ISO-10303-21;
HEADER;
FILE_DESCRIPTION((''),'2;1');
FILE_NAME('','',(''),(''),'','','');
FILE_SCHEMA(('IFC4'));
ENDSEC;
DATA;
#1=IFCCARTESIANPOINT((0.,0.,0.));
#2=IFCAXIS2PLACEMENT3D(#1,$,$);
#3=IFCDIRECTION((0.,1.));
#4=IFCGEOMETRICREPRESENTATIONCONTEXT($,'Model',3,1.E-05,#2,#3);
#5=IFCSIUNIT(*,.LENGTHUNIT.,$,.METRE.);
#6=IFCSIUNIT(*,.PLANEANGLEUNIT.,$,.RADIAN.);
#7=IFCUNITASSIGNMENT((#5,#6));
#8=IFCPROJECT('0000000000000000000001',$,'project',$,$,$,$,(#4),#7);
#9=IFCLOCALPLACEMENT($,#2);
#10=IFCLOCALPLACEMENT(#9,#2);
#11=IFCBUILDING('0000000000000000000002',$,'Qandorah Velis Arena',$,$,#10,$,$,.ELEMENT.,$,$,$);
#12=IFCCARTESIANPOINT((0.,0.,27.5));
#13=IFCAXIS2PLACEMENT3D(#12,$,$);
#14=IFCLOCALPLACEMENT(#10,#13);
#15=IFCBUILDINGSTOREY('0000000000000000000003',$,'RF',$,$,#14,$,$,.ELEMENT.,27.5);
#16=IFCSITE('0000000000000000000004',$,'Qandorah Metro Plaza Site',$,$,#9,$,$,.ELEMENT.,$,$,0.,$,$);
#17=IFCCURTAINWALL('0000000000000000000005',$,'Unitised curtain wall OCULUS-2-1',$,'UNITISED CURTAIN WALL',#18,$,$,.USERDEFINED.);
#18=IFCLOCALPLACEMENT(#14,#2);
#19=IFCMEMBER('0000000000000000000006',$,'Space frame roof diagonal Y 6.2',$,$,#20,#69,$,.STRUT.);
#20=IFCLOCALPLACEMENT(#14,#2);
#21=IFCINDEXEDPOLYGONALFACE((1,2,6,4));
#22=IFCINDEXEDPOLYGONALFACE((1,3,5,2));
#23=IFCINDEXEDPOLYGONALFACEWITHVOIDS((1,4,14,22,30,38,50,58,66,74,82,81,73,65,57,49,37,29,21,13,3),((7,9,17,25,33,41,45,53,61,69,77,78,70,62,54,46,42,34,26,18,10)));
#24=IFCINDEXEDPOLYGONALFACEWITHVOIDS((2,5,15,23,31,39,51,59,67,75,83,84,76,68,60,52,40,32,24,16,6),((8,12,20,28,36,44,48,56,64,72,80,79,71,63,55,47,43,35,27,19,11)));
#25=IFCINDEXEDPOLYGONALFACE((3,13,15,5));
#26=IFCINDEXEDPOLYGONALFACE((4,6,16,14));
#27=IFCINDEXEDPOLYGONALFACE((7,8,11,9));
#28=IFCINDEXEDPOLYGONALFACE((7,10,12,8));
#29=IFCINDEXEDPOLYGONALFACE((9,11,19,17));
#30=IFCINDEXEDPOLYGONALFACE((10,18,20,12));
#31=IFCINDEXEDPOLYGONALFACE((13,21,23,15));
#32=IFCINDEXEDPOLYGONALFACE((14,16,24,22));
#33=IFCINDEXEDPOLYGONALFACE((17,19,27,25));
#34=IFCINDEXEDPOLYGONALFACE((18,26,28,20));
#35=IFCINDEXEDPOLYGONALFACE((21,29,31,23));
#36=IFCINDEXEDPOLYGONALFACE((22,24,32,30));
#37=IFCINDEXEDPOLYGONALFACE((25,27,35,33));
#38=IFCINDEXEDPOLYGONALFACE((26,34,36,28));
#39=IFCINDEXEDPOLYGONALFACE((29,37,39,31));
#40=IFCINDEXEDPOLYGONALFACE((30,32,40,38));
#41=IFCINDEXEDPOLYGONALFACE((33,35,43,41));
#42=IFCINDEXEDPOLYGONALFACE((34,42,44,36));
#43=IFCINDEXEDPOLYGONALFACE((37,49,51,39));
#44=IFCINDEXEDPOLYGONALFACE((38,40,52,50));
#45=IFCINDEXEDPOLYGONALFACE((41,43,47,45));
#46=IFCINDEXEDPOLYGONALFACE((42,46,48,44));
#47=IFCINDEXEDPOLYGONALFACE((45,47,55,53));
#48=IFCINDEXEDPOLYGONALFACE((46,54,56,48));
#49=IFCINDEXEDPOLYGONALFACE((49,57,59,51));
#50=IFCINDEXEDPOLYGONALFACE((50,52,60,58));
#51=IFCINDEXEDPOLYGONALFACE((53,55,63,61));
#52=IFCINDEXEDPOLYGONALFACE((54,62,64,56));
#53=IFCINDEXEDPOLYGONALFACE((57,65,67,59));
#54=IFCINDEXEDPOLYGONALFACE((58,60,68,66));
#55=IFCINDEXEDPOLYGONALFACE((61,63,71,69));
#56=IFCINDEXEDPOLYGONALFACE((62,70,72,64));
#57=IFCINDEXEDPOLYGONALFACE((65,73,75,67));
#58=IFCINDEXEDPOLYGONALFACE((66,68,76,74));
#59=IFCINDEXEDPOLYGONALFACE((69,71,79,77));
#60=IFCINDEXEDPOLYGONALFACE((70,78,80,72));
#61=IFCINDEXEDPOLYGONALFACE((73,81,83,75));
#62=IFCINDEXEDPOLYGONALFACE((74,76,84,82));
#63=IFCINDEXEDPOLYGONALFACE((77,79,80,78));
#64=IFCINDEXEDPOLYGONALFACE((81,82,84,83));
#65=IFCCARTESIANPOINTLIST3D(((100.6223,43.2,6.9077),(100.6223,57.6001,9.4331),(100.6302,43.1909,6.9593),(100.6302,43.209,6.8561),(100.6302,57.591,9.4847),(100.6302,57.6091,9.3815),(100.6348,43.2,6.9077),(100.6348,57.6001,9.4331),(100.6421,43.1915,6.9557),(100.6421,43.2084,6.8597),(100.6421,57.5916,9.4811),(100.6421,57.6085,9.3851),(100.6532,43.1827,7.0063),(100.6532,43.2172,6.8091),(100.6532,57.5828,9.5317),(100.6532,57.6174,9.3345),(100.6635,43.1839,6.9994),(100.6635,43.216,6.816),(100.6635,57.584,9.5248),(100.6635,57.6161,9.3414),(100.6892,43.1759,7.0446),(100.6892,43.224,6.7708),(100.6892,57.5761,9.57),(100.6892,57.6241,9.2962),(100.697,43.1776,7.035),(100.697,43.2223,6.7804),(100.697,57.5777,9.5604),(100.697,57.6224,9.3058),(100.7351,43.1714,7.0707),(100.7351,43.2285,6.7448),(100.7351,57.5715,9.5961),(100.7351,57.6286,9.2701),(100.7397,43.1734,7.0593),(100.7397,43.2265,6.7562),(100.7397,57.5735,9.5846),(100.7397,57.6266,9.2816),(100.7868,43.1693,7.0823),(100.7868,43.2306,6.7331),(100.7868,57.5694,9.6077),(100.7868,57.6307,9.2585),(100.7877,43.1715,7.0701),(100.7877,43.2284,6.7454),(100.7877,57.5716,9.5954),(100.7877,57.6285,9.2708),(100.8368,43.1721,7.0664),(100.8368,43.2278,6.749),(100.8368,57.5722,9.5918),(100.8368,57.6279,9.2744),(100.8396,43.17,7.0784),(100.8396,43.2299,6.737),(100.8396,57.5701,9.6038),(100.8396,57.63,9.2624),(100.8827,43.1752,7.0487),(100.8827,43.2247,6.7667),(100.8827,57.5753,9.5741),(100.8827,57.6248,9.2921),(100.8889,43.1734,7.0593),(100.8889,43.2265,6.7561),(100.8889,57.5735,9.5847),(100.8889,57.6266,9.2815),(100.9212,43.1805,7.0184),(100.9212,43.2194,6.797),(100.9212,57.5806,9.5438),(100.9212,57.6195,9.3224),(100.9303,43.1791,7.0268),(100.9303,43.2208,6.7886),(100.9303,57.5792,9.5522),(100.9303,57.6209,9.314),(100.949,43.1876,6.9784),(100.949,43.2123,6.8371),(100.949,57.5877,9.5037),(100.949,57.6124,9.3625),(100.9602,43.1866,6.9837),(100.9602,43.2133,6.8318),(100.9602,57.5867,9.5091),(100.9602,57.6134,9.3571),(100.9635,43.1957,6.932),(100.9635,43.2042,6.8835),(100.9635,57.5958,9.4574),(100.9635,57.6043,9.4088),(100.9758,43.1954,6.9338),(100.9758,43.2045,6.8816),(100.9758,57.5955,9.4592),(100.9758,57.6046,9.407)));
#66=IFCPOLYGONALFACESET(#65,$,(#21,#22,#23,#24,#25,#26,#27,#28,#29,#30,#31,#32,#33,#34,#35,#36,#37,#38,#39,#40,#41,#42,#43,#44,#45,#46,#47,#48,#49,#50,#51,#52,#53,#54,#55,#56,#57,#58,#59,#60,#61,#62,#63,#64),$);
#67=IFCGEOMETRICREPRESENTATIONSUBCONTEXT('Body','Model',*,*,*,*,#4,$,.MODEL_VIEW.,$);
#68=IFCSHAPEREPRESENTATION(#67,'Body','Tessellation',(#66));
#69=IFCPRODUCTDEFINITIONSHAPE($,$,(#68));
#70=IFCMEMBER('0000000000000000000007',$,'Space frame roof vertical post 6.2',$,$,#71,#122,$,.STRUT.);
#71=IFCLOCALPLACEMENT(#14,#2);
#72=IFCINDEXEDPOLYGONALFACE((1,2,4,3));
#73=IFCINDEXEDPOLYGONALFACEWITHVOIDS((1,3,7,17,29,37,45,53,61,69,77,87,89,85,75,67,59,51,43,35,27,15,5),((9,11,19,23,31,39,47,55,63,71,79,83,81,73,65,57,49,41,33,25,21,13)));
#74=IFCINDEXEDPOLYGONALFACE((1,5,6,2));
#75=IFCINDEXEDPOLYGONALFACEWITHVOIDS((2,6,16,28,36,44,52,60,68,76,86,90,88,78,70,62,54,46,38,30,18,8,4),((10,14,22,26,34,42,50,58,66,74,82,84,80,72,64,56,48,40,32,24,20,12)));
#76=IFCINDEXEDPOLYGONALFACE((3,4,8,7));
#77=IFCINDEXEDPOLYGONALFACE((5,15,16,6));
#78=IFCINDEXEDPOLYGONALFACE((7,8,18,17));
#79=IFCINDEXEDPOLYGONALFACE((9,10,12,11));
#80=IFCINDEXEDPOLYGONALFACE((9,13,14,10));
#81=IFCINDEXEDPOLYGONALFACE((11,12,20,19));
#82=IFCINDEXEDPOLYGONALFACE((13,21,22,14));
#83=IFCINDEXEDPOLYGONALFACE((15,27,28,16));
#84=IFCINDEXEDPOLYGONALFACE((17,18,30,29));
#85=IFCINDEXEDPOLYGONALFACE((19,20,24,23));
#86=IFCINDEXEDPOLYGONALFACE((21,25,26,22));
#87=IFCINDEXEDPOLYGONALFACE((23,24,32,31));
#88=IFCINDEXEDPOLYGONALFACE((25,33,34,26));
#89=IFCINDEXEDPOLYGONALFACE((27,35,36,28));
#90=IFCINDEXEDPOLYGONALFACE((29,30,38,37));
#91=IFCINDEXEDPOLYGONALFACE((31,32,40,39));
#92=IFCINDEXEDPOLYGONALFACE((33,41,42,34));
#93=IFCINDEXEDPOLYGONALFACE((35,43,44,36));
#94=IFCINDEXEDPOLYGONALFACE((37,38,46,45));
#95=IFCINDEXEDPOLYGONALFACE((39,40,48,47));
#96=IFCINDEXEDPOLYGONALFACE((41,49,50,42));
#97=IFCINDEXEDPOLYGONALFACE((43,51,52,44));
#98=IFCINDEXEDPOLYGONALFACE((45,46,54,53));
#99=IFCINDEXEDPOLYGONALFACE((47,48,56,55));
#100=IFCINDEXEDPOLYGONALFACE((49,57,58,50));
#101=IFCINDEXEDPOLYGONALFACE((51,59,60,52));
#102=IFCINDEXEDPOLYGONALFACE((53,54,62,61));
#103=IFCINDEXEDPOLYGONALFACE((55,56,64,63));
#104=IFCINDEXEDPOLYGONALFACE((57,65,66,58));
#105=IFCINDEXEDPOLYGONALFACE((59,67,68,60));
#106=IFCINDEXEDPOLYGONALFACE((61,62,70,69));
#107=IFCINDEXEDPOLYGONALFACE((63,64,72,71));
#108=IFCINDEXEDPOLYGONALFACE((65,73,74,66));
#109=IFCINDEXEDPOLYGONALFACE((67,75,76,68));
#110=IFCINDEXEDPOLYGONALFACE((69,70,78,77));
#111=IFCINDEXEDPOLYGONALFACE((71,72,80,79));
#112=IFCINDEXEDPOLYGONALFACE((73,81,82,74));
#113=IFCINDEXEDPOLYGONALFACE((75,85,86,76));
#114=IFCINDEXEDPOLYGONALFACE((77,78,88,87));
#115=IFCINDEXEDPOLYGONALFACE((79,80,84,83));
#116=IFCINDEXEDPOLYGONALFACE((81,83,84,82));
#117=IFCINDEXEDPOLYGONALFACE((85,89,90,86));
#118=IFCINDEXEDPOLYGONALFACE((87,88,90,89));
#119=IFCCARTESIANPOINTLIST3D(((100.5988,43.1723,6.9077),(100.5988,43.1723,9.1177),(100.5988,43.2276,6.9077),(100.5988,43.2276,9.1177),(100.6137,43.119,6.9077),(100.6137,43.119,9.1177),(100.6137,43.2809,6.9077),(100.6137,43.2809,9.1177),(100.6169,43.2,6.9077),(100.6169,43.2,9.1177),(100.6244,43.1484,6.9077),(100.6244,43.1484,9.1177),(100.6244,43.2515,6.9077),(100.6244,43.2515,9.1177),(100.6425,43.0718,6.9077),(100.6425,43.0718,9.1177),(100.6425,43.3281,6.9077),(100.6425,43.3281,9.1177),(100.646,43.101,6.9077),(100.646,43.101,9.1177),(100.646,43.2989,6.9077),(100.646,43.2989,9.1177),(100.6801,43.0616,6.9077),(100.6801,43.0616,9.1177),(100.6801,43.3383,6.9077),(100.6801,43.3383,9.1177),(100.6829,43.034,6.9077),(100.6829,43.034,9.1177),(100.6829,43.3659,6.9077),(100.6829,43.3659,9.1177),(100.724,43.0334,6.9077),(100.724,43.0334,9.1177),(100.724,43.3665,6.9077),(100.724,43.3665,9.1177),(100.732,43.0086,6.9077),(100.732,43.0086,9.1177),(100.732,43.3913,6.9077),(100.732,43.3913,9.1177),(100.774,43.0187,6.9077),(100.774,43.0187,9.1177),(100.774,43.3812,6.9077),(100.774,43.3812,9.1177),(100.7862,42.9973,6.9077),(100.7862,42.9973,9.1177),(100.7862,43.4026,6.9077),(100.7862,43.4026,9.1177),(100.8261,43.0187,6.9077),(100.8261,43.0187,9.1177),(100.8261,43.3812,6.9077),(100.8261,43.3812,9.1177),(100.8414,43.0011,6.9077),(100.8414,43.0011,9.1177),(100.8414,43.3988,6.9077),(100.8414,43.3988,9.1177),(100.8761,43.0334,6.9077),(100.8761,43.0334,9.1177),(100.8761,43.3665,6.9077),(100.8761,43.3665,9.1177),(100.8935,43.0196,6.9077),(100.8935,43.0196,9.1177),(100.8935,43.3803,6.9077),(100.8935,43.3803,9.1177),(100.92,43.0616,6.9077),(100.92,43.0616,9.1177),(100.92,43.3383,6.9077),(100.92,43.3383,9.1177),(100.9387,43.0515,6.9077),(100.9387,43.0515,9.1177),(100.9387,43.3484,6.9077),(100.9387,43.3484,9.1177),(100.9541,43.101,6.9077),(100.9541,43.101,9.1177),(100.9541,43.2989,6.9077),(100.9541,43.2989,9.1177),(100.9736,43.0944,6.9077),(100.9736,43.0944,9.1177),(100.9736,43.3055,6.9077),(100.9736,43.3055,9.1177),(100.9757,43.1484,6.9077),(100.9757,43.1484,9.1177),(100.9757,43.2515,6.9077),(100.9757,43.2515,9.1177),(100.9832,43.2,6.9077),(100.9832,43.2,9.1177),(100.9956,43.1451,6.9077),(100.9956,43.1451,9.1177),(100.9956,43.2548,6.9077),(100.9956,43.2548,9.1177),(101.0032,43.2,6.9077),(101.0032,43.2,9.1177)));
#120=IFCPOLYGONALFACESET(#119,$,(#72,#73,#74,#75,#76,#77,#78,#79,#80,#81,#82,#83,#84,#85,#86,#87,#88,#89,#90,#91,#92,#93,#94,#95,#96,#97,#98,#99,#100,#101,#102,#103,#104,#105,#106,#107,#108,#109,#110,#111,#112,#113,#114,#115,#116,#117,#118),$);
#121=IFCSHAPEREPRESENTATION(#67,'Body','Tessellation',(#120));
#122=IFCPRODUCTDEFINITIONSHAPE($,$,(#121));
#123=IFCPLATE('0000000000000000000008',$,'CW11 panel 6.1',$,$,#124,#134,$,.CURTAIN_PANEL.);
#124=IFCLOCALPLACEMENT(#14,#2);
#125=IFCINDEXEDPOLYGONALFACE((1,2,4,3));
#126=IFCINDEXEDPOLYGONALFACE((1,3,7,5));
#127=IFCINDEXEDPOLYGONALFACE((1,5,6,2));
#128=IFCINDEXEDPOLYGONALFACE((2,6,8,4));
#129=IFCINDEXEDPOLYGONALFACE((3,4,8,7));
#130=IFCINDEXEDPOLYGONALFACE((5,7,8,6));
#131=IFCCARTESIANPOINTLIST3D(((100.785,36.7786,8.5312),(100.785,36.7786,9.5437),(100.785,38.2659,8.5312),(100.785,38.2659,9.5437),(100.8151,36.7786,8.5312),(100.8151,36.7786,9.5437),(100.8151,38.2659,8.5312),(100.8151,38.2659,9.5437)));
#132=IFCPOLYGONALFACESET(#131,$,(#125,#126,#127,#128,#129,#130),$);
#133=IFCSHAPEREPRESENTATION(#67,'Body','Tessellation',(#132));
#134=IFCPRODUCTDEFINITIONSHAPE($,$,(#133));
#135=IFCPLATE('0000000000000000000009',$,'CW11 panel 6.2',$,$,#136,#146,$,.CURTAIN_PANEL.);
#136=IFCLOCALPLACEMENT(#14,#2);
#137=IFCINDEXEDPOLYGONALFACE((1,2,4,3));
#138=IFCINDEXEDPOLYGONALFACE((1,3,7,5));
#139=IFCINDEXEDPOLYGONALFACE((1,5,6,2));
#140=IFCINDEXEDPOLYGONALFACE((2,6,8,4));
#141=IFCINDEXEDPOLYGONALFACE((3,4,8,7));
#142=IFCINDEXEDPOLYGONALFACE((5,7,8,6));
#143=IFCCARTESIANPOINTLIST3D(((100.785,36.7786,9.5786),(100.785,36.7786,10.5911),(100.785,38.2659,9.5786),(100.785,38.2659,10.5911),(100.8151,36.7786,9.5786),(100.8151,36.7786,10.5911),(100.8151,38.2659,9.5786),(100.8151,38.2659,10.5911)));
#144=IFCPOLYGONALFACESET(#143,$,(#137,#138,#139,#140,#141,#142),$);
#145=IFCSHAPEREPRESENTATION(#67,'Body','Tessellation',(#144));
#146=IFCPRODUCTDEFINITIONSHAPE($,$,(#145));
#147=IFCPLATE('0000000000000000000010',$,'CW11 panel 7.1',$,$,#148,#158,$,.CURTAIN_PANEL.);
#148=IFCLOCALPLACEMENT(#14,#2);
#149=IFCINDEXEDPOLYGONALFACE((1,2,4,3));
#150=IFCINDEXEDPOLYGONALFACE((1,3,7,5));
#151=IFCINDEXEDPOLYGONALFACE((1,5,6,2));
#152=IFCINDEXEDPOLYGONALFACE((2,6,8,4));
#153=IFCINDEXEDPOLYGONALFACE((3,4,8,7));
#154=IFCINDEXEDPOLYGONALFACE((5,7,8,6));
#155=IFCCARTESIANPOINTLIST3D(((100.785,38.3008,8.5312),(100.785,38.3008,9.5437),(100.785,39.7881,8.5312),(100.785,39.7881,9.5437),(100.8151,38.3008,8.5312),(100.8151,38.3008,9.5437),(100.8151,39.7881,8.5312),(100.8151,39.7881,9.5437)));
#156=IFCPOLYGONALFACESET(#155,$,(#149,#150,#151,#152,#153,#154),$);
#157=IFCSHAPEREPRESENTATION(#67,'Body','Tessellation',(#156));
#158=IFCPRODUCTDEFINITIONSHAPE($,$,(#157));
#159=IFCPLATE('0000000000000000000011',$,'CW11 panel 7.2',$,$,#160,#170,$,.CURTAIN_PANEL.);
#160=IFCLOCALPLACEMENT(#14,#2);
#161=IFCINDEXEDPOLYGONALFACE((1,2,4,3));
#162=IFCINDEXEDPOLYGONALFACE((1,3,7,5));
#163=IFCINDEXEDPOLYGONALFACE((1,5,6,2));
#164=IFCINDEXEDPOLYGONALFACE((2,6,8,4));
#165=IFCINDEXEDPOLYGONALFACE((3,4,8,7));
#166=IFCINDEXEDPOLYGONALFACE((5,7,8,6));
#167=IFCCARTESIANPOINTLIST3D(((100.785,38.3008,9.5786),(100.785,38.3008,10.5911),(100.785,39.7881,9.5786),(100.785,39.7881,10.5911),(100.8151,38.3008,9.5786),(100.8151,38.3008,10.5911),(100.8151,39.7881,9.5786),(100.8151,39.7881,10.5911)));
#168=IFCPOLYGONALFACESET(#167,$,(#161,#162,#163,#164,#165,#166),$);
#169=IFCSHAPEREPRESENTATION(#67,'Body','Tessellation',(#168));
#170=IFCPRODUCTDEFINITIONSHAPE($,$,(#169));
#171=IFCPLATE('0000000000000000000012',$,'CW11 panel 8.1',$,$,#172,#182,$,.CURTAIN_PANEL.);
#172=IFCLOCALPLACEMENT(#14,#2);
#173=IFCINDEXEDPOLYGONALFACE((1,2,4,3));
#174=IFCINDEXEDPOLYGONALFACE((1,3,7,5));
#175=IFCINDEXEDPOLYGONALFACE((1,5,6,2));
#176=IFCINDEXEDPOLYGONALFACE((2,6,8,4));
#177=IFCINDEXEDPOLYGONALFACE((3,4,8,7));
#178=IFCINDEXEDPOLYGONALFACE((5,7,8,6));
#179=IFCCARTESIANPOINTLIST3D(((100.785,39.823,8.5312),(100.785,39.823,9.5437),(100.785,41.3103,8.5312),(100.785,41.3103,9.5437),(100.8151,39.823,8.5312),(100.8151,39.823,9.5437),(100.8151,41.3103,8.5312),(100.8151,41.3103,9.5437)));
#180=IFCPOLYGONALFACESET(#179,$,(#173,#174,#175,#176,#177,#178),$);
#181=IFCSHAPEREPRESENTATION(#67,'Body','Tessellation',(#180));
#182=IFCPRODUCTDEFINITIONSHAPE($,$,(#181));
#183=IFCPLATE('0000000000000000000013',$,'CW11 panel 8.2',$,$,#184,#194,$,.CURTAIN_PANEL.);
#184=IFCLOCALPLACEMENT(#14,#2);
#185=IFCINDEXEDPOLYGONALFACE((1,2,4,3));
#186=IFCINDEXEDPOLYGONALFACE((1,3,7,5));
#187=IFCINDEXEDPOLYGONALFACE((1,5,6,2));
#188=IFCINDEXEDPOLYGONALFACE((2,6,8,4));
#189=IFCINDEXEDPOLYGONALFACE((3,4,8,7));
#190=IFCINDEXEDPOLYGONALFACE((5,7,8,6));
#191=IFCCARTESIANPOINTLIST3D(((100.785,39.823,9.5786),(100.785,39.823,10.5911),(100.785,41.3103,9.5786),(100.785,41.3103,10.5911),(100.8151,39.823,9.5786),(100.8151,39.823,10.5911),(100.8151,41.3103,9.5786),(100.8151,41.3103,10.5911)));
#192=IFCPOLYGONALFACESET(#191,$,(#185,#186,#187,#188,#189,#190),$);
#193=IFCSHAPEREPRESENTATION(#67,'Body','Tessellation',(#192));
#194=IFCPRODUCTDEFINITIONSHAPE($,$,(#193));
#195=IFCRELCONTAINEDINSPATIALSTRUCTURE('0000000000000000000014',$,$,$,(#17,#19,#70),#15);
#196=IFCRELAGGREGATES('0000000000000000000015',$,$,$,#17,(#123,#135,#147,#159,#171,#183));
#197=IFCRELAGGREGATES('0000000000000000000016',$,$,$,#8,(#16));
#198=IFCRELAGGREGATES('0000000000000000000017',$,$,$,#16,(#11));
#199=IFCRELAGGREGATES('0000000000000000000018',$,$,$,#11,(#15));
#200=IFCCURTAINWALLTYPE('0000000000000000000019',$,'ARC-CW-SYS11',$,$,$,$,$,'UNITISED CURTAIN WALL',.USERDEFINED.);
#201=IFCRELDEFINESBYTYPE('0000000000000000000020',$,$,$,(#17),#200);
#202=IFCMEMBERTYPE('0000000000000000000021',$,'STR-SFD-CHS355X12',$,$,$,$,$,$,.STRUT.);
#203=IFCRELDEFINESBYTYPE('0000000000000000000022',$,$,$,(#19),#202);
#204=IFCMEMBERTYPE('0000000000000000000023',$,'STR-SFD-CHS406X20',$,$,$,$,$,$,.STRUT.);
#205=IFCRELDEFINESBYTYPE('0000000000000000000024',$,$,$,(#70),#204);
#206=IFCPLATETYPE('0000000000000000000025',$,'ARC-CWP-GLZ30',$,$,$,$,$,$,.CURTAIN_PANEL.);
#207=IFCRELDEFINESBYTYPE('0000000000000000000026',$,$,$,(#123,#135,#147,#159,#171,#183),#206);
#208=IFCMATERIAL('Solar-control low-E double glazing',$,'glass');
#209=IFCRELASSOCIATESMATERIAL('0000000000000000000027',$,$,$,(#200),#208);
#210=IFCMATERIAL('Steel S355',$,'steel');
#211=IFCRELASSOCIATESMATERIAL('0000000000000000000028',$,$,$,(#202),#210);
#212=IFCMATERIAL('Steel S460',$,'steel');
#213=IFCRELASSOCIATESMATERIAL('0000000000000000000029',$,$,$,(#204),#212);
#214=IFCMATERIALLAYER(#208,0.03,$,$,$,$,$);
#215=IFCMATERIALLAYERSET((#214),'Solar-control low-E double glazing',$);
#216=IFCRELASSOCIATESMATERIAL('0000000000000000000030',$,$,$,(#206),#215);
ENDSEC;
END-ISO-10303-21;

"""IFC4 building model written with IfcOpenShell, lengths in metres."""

from ifc_helpers import new_model, si_unit, direction, frame, origin, origin_2d, place, context, subcontext, project, spatial, rectangle, hollow_circle, extrude, material, layer, layer_set, material_profile, profile_set, type_object, element, aggregate, save


model = new_model("IFC4")

# Units and contexts
model_context = context("Model", 3, precision=1e-05, world=origin(), true_north=direction((0.0, 1.0)))
body_context = subcontext(model_context, "Body", "Model", "MODEL_VIEW")
ifc_project = project(units=[si_unit("LENGTHUNIT", "METRE"), si_unit("PLANEANGLEUNIT", "RADIAN")], contexts=[model_context])

# Site, building, storey
site_placement = place(None, origin())
site = spatial("IfcSite", under=ifc_project, at=site_placement, Name="Qandorah Metro Plaza Site", CompositionType="ELEMENT", RefElevation=0.0)
building_placement = place(site_placement, origin())
building = spatial("IfcBuilding", under=site, at=building_placement, Name="Qandorah Velis Arena", CompositionType="ELEMENT")
storey_placement = place(building_placement, frame((0.0, 0.0, 27.5)))
storey = spatial("IfcBuildingStorey", under=building, at=storey_placement, Name="RF", CompositionType="ELEMENT", Elevation=27.5)

# Curtain wall
ifc_material_1 = material(Name="Solar-control low-E double glazing", Category="glass")
curtain_wall_type_1 = type_object("IfcCurtainWallType", Name="ARC-CW-SYS11", ElementType="UNITISED CURTAIN WALL", PredefinedType="USERDEFINED", material=ifc_material_1)
curtain_wall_1_placement = place(storey_placement, origin())
curtain_wall_1 = element("IfcCurtainWall", 1, at=curtain_wall_1_placement, inside=storey, type_object=curtain_wall_type_1, Name="Unitised curtain wall OCULUS-2-1", ObjectType="UNITISED CURTAIN WALL", PredefinedType="USERDEFINED")

# Shared definitions
ifc_material_2 = material(Name="Steel S355", Category="steel")

# Members
ifc_material_profile_1 = material_profile(ifc_material_2, hollow_circle(Radius=0.1777, WallThickness=0.0125, at=origin_2d()), Name="CHS 355.6x12.5")
ifc_profile_set_1 = profile_set([ifc_material_profile_1], Name="Steel S355")
member_type_1 = type_object("IfcMemberType", Name="STR-SFD-CHS355X12", PredefinedType="STRUT", material=ifc_profile_set_1)
member_1_placement = place(storey_placement, frame((100.8, 43.2, 6.9077), z_axis=(0.0, 0.984968, 0.172736), x_axis=(-1.0, 0.0, 0.0)))
element("IfcMember", 2, at=member_1_placement, inside=storey, type_object=member_type_1, Name="Space frame roof diagonal Y 6.2", PredefinedType="STRUT", context=body_context, shape_type="SweptSolid", body=[
    extrude(hollow_circle(Radius=0.1777, WallThickness=0.0125, at=origin_2d()), origin(), (0.0, 0.0, 1.0), 14.6199),
])
ifc_material_3 = material(Name="Steel S460", Category="steel")
ifc_material_profile_2 = material_profile(ifc_material_3, hollow_circle(Radius=0.2031, WallThickness=0.02, at=origin_2d()), Name="CHS 406.4x20")
ifc_profile_set_2 = profile_set([ifc_material_profile_2], Name="Steel S460")
member_type_2 = type_object("IfcMemberType", Name="STR-SFD-CHS406X20", PredefinedType="STRUT", material=ifc_profile_set_2)
member_2_placement = place(storey_placement, frame((100.8, 43.2, 6.9077), z_axis=(0.0, 0.0, 1.0), x_axis=(1.0, 0.0, 0.0)))
element("IfcMember", 3, at=member_2_placement, inside=storey, type_object=member_type_2, Name="Space frame roof vertical post 6.2", PredefinedType="STRUT", context=body_context, shape_type="SweptSolid", body=[
    extrude(hollow_circle(Radius=0.2031, WallThickness=0.02, at=origin_2d()), origin(), (0.0, 0.0, 1.0), 2.21),
])

# Plates
ifc_layer_1 = layer(ifc_material_1, 0.03)
ifc_layer_set_1 = layer_set([ifc_layer_1], Name="Solar-control low-E double glazing")
plate_type_1 = type_object("IfcPlateType", Name="ARC-CWP-GLZ30", PredefinedType="CURTAIN_PANEL", material=ifc_layer_set_1)
plate_1_placement = place(storey_placement, frame((100.8, 37.5222, 8.5312), z_axis=(0.0, 0.0, 1.0), x_axis=(0.0, 1.0, 0.0)))
plate_1 = element("IfcPlate", 4, at=plate_1_placement, type_object=plate_type_1, Name="CW11 panel 6.1", PredefinedType="CURTAIN_PANEL", context=body_context, shape_type="SweptSolid", body=[
    extrude(rectangle(XDim=1.4873, YDim=0.03, at=origin_2d()), origin(), (0.0, 0.0, 1.0), 1.0125),
])
plate_2_placement = place(storey_placement, frame((100.8, 37.5222, 9.5786), z_axis=(0.0, 0.0, 1.0), x_axis=(0.0, 1.0, 0.0)))
plate_2 = element("IfcPlate", 5, at=plate_2_placement, type_object=plate_type_1, Name="CW11 panel 6.2", PredefinedType="CURTAIN_PANEL", context=body_context, shape_type="SweptSolid", body=[
    extrude(rectangle(XDim=1.4873, YDim=0.03, at=origin_2d()), origin(), (0.0, 0.0, 1.0), 1.0125),
])
plate_3_placement = place(storey_placement, frame((100.8, 39.0444, 8.5312), z_axis=(0.0, 0.0, 1.0), x_axis=(0.0, 1.0, 0.0)))
plate_3 = element("IfcPlate", 6, at=plate_3_placement, type_object=plate_type_1, Name="CW11 panel 7.1", PredefinedType="CURTAIN_PANEL", context=body_context, shape_type="SweptSolid", body=[
    extrude(rectangle(XDim=1.4873, YDim=0.03, at=origin_2d()), origin(), (0.0, 0.0, 1.0), 1.0125),
])
plate_4_placement = place(storey_placement, frame((100.8, 39.0444, 9.5786), z_axis=(0.0, 0.0, 1.0), x_axis=(0.0, 1.0, 0.0)))
plate_4 = element("IfcPlate", 7, at=plate_4_placement, type_object=plate_type_1, Name="CW11 panel 7.2", PredefinedType="CURTAIN_PANEL", context=body_context, shape_type="SweptSolid", body=[
    extrude(rectangle(XDim=1.4873, YDim=0.03, at=origin_2d()), origin(), (0.0, 0.0, 1.0), 1.0125),
])
plate_5_placement = place(storey_placement, frame((100.8, 40.5667, 8.5312), z_axis=(0.0, 0.0, 1.0), x_axis=(0.0, 1.0, 0.0)))
plate_5 = element("IfcPlate", 8, at=plate_5_placement, type_object=plate_type_1, Name="CW11 panel 8.1", PredefinedType="CURTAIN_PANEL", context=body_context, shape_type="SweptSolid", body=[
    extrude(rectangle(XDim=1.4873, YDim=0.03, at=origin_2d()), origin(), (0.0, 0.0, 1.0), 1.0125),
])
plate_6_placement = place(storey_placement, frame((100.8, 40.5667, 9.5786), z_axis=(0.0, 0.0, 1.0), x_axis=(0.0, 1.0, 0.0)))
plate_6 = element("IfcPlate", 9, at=plate_6_placement, type_object=plate_type_1, Name="CW11 panel 8.2", PredefinedType="CURTAIN_PANEL", context=body_context, shape_type="SweptSolid", body=[
    extrude(rectangle(XDim=1.4873, YDim=0.03, at=origin_2d()), origin(), (0.0, 0.0, 1.0), 1.0125),
])
aggregate(curtain_wall_1, [plate_1, plate_2, plate_3, plate_4, plate_5, plate_6])

save(model, "model.ifc")
